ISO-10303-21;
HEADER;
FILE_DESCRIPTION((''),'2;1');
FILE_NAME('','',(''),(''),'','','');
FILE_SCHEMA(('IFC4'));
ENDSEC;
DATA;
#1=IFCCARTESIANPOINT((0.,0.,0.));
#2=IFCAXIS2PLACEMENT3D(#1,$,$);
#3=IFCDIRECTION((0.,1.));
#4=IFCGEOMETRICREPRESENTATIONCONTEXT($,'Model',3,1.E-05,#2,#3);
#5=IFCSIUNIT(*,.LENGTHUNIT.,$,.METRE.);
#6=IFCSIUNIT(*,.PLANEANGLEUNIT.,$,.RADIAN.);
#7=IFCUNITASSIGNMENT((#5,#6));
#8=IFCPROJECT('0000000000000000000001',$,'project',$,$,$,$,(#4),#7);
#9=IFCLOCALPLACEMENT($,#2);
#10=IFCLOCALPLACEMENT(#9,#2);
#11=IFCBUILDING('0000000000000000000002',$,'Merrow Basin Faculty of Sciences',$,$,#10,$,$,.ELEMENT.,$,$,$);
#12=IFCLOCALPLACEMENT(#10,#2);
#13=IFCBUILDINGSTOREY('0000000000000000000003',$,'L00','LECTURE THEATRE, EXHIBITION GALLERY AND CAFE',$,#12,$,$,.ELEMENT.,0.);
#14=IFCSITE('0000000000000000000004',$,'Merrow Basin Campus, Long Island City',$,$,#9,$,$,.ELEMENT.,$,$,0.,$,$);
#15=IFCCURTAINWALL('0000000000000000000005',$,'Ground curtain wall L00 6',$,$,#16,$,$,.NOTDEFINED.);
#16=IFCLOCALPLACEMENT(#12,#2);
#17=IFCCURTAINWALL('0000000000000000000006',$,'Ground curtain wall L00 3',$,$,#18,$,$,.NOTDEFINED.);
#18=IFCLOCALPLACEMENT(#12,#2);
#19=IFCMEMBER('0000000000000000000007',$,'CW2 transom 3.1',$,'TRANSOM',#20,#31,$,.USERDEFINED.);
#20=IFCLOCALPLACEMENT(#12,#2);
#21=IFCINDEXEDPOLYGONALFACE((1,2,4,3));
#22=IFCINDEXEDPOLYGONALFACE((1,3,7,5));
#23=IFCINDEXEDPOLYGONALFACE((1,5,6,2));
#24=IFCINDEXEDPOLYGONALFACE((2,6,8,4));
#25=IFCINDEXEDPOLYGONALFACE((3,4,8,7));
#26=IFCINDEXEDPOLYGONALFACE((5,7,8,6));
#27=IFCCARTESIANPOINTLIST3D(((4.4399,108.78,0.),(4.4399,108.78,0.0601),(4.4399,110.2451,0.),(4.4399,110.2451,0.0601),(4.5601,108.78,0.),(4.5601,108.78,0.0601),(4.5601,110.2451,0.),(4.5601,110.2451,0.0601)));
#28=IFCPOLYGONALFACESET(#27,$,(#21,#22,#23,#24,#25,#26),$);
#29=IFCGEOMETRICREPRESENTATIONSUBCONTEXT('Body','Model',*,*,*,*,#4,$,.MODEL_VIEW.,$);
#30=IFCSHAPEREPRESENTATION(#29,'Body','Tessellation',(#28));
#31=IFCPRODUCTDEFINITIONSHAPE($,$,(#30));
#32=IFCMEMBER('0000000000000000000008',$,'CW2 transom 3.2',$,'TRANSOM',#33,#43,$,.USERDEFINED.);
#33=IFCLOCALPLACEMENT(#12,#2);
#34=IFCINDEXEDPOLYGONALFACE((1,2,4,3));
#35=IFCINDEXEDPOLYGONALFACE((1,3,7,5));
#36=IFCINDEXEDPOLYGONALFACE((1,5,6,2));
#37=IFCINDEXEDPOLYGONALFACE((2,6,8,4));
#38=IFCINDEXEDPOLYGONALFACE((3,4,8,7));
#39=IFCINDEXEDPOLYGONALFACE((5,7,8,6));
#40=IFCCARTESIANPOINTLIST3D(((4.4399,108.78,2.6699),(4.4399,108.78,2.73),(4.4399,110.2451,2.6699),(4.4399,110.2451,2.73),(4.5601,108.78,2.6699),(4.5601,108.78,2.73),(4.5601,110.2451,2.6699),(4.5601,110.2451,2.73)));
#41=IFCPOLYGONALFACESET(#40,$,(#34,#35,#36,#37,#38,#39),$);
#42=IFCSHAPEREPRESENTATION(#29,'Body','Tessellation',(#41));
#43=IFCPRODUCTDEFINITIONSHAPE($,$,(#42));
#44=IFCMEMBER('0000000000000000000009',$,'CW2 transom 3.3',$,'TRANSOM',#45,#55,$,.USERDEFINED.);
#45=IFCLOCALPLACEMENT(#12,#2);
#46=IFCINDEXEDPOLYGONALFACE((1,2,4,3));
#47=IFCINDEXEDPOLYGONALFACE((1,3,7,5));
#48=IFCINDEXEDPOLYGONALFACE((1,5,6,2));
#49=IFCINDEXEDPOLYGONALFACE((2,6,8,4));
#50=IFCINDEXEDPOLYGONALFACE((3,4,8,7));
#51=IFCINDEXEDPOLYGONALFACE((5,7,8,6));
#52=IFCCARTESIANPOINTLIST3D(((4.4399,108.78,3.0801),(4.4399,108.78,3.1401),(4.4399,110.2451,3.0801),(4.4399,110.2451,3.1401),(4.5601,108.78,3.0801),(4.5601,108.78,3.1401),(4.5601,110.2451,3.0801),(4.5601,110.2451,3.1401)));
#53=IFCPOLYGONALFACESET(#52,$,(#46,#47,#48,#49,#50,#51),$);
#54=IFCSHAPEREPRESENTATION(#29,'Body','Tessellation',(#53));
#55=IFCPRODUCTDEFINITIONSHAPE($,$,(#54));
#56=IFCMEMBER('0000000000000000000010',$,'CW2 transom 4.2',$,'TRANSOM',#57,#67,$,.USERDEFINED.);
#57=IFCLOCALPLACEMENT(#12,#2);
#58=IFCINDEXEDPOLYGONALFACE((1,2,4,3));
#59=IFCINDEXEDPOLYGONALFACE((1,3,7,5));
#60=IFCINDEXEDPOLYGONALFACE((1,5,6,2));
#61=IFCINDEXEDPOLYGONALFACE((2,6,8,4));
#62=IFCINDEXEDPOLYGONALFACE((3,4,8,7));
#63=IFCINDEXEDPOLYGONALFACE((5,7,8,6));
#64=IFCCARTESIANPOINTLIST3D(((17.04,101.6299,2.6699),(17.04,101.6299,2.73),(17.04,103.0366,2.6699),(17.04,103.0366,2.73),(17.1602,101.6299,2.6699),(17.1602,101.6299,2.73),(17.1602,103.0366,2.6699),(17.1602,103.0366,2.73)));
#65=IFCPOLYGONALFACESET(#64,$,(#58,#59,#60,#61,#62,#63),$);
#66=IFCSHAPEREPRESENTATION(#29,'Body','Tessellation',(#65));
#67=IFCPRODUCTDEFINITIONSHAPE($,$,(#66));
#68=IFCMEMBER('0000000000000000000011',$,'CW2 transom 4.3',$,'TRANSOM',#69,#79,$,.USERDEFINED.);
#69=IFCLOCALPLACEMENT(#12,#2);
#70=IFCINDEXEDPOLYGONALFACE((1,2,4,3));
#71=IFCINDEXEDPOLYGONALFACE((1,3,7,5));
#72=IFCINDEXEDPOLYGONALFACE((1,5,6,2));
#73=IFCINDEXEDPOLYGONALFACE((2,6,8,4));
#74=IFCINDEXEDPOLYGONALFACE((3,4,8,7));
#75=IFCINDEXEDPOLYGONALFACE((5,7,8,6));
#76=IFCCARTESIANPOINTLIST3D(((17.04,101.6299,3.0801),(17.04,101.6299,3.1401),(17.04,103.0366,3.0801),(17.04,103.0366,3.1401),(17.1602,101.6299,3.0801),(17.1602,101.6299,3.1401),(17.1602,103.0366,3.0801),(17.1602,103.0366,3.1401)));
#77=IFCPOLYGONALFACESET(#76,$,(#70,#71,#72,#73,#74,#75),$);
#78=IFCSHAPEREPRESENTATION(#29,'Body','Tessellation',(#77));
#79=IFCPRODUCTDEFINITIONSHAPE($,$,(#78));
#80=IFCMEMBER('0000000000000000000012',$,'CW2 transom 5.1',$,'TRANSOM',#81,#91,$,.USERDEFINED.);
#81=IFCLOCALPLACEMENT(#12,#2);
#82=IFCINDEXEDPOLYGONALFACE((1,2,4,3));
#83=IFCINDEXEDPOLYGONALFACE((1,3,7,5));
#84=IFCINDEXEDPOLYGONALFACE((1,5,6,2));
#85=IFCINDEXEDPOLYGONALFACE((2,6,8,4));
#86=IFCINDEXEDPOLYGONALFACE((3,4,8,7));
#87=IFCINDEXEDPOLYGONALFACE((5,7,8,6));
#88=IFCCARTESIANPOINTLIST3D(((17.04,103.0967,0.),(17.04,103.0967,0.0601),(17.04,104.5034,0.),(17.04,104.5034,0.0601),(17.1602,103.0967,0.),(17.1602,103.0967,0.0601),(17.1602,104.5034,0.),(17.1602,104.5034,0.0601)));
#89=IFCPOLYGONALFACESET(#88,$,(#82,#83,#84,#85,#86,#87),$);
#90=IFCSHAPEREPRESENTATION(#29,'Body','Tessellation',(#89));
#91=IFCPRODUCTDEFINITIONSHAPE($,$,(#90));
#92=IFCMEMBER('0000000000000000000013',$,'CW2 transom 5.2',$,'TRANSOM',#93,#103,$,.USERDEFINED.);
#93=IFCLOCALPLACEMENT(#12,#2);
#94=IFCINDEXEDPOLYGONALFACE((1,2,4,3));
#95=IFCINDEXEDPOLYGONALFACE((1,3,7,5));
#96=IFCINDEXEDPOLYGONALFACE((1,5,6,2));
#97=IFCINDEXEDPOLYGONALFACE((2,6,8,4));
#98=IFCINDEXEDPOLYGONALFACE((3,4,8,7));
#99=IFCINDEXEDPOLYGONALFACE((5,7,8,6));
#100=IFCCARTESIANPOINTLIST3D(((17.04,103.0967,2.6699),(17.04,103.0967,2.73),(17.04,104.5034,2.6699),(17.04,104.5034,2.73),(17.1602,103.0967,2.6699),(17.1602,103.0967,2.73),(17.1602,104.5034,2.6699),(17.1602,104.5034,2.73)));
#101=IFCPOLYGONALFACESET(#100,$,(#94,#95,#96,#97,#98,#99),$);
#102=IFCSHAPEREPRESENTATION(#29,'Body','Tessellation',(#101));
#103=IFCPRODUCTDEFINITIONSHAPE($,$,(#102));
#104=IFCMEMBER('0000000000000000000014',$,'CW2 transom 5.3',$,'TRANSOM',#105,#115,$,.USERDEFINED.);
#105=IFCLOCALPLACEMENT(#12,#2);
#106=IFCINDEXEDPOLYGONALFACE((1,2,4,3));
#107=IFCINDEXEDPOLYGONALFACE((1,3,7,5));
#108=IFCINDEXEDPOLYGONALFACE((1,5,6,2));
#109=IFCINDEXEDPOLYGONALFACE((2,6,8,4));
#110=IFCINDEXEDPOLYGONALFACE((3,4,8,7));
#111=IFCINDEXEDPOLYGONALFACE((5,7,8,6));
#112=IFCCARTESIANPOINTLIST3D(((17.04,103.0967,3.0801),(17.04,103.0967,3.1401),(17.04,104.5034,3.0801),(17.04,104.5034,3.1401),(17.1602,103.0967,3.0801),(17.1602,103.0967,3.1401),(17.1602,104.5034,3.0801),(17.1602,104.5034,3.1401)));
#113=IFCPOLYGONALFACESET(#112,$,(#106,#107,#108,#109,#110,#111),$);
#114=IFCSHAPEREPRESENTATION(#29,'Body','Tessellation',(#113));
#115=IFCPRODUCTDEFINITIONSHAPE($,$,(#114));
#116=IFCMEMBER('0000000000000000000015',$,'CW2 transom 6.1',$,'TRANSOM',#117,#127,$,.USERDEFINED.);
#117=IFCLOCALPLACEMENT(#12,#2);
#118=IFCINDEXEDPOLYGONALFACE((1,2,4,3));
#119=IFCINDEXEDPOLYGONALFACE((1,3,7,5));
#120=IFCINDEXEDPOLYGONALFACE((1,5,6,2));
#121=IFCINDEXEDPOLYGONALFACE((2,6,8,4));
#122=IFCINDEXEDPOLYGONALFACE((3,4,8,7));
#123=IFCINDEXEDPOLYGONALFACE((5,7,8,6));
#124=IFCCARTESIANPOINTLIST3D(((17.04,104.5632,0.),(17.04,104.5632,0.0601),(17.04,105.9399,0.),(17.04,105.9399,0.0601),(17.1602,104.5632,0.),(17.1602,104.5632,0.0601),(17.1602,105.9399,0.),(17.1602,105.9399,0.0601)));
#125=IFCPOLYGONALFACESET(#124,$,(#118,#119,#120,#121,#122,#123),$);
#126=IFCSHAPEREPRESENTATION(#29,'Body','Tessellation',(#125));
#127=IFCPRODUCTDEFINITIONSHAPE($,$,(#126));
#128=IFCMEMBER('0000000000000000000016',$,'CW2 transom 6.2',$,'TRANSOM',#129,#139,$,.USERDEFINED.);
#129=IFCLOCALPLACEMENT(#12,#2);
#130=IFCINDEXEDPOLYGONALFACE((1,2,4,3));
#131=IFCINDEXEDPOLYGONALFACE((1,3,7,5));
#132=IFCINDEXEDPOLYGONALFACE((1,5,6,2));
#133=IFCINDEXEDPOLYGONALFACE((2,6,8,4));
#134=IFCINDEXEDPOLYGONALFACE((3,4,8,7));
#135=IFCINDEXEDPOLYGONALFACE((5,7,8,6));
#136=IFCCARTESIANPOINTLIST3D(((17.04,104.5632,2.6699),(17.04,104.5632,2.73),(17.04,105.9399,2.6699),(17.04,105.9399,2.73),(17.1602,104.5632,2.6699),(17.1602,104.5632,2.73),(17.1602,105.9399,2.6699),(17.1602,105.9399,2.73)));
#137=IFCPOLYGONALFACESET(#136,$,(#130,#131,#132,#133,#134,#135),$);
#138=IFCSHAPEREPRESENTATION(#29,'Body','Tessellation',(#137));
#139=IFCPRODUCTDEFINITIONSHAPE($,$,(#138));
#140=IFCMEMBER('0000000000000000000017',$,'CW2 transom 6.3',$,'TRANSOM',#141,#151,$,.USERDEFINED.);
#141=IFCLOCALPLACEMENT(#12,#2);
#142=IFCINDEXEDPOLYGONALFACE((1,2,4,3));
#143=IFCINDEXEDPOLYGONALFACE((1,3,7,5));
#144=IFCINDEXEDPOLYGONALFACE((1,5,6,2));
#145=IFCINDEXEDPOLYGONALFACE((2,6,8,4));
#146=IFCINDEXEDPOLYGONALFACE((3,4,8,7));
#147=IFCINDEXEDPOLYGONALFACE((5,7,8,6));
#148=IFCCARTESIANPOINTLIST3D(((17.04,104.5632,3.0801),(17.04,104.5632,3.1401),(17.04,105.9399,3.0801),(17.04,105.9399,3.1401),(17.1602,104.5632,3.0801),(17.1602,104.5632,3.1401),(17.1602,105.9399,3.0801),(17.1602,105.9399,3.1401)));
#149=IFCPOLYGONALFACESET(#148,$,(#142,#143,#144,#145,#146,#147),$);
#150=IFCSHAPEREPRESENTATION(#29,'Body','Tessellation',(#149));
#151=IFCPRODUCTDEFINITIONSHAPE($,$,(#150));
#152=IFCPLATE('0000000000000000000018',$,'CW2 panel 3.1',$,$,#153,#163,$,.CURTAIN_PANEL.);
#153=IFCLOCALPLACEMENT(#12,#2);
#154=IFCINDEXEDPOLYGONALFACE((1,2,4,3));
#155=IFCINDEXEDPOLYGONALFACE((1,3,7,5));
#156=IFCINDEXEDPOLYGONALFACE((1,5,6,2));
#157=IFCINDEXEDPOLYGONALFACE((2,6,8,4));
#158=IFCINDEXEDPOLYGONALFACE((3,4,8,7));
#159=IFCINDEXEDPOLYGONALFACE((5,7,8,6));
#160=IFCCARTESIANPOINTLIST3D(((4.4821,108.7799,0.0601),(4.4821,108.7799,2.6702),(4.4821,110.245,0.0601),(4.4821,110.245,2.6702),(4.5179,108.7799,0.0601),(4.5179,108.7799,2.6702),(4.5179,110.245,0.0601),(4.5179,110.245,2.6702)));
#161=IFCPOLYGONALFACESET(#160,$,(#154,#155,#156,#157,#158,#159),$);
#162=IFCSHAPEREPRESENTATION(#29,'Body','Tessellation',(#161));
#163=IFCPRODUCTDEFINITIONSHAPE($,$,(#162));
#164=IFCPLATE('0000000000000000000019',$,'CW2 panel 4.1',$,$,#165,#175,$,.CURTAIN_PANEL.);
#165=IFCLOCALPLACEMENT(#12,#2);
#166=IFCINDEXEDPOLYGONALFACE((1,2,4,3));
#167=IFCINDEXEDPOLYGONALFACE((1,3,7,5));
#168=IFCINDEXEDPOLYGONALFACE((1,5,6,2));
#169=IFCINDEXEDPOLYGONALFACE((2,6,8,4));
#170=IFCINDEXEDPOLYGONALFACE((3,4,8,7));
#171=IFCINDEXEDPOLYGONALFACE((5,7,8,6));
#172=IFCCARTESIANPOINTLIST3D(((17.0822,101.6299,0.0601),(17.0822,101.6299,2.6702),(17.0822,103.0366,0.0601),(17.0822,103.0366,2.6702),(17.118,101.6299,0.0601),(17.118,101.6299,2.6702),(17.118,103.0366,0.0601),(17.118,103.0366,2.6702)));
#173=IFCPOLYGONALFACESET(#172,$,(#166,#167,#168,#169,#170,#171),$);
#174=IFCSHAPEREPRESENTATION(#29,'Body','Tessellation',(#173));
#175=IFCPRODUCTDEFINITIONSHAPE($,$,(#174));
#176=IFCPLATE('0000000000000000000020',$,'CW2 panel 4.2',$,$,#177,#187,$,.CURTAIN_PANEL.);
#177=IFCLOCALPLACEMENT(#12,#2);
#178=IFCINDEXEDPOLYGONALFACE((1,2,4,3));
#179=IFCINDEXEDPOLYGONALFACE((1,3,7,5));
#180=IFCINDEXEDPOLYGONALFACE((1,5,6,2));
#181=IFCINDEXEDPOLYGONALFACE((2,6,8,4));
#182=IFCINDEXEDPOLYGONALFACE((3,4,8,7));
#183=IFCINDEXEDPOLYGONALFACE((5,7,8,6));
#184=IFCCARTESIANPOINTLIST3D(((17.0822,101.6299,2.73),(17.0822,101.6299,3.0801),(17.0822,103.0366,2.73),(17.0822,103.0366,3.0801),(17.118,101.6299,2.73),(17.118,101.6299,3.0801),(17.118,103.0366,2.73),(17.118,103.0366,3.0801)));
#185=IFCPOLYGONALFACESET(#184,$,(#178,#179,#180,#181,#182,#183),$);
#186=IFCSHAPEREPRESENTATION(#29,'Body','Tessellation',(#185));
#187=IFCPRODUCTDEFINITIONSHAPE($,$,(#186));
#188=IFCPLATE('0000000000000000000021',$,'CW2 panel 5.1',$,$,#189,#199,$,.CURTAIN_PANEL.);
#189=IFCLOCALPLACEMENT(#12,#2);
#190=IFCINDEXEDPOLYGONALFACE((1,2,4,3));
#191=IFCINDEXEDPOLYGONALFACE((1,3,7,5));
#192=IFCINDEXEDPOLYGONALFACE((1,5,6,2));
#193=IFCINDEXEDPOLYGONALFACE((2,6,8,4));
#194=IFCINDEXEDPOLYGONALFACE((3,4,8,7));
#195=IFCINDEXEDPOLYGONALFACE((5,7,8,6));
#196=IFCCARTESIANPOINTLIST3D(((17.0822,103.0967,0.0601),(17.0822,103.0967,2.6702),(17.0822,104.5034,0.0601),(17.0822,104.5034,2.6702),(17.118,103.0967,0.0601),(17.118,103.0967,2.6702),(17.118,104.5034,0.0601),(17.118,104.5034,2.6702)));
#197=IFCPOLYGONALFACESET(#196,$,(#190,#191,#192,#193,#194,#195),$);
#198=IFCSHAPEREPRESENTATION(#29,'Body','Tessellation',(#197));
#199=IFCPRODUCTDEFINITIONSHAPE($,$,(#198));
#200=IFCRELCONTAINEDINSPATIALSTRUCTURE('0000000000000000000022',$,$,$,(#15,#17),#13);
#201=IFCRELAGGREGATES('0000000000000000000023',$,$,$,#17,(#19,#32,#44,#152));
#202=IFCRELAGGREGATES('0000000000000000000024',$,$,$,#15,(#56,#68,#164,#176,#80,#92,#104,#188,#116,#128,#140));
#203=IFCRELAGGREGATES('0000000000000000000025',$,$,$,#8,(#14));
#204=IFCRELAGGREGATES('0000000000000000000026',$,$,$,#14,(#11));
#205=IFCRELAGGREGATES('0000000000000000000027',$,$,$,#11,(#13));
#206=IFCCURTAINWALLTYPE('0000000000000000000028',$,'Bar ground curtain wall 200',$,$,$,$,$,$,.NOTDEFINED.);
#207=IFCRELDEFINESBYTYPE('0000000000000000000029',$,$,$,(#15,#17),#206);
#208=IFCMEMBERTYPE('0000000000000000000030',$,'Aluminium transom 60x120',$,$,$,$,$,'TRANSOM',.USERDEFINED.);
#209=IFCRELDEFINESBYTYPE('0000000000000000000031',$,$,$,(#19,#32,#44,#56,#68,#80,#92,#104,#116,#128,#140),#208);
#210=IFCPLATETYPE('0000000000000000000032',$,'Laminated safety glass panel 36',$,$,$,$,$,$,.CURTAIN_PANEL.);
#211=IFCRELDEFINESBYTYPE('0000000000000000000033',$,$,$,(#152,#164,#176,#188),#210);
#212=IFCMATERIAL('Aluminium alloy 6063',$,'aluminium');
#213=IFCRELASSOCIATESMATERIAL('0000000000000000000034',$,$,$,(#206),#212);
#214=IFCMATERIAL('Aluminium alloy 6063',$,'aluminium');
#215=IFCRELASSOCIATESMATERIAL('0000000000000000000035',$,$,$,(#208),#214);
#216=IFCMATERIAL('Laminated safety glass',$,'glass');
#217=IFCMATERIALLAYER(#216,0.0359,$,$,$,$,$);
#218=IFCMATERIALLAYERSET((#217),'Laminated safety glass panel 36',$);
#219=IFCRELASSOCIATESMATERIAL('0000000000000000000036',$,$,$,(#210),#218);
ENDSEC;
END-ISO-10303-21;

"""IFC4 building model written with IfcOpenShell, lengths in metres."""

from ifc_helpers import new_model, si_unit, direction, frame, origin, origin_2d, place, context, subcontext, project, spatial, rectangle, extrude, material, layer, layer_set, material_profile, profile_set, type_object, element, aggregate, save


model = new_model("IFC4")

# Units and contexts
model_context = context("Model", 3, precision=1e-05, world=origin(), true_north=direction((0.0, 1.0)))
body_context = subcontext(model_context, "Body", "Model", "MODEL_VIEW")
ifc_project = project(units=[si_unit("LENGTHUNIT", "METRE"), si_unit("PLANEANGLEUNIT", "RADIAN")], contexts=[model_context])

# Site, building, storey
site_placement = place(None, origin())
site = spatial("IfcSite", under=ifc_project, at=site_placement, Name="Merrow Basin Campus, Long Island City", CompositionType="ELEMENT", RefElevation=0.0)
building_placement = place(site_placement, origin())
building = spatial("IfcBuilding", under=site, at=building_placement, Name="Merrow Basin Faculty of Sciences", CompositionType="ELEMENT")
storey_placement = place(building_placement, origin())
storey = spatial("IfcBuildingStorey", under=building, at=storey_placement, Name="L00", Description="LECTURE THEATRE, EXHIBITION GALLERY AND CAFE", CompositionType="ELEMENT", Elevation=0.0)

# Curtain walls, members
ifc_material_1 = material(Name="Aluminium alloy 6063", Category="aluminium")
curtain_wall_type = type_object("IfcCurtainWallType", Name="Bar ground curtain wall 200", PredefinedType="NOTDEFINED", material=ifc_material_1)
curtain_wall_1_placement = place(storey_placement, origin())
curtain_wall_1 = element("IfcCurtainWall", 1, at=curtain_wall_1_placement, inside=storey, type_object=curtain_wall_type, Name="Ground curtain wall L00 6", PredefinedType="NOTDEFINED")
curtain_wall_2_placement = place(storey_placement, origin())
curtain_wall_2 = element("IfcCurtainWall", 2, at=curtain_wall_2_placement, inside=storey, type_object=curtain_wall_type, Name="Ground curtain wall L00 3", PredefinedType="NOTDEFINED")
ifc_material_2 = material(Name="Aluminium alloy 6063", Category="aluminium")
ifc_material_profile_1 = material_profile(ifc_material_2, rectangle(XDim=0.1201, YDim=0.0601, at=origin_2d()))
ifc_profile_set_1 = profile_set([ifc_material_profile_1], Name="Aluminium alloy 6063")
member_type_1 = type_object("IfcMemberType", Name="Aluminium transom 60x120", ElementType="TRANSOM", PredefinedType="USERDEFINED", material=ifc_profile_set_1)
member_1_placement = place(storey_placement, frame((4.5, 108.78, 0.03), z_axis=(0.0, 1.0, 0.0), x_axis=(-1.0, 0.0, 0.0)))
member_1 = element("IfcMember", 3, at=member_1_placement, type_object=member_type_1, Name="CW2 transom 3.1", ObjectType="TRANSOM", PredefinedType="USERDEFINED", context=body_context, shape_type="SweptSolid", body=[
    extrude(rectangle(XDim=0.1201, YDim=0.0601, at=origin_2d()), origin(), (0.0, 0.0, 1.0), 1.4651),
])
member_2_placement = place(storey_placement, frame((4.5, 108.78, 2.7), z_axis=(0.0, 1.0, 0.0), x_axis=(-1.0, 0.0, 0.0)))
member_2 = element("IfcMember", 4, at=member_2_placement, type_object=member_type_1, Name="CW2 transom 3.2", ObjectType="TRANSOM", PredefinedType="USERDEFINED", context=body_context, shape_type="SweptSolid", body=[
    extrude(rectangle(XDim=0.1201, YDim=0.0601, at=origin_2d()), origin(), (0.0, 0.0, 1.0), 1.4651),
])
member_3_placement = place(storey_placement, frame((4.5, 108.78, 3.1101), z_axis=(0.0, 1.0, 0.0), x_axis=(-1.0, 0.0, 0.0)))
member_3 = element("IfcMember", 5, at=member_3_placement, type_object=member_type_1, Name="CW2 transom 3.3", ObjectType="TRANSOM", PredefinedType="USERDEFINED", context=body_context, shape_type="SweptSolid", body=[
    extrude(rectangle(XDim=0.1201, YDim=0.0601, at=origin_2d()), origin(), (0.0, 0.0, 1.0), 1.4651),
])

# Members
member_4_placement = place(storey_placement, frame((17.1001, 101.6299, 2.7), z_axis=(0.0, 1.0, 0.0), x_axis=(-1.0, 0.0, 0.0)))
member_4 = element("IfcMember", 6, at=member_4_placement, type_object=member_type_1, Name="CW2 transom 4.2", ObjectType="TRANSOM", PredefinedType="USERDEFINED", context=body_context, shape_type="SweptSolid", body=[
    extrude(rectangle(XDim=0.1201, YDim=0.0601, at=origin_2d()), origin(), (0.0, 0.0, 1.0), 1.4067),
])
member_5_placement = place(storey_placement, frame((17.1001, 101.6299, 3.1101), z_axis=(0.0, 1.0, 0.0), x_axis=(-1.0, 0.0, 0.0)))
member_5 = element("IfcMember", 7, at=member_5_placement, type_object=member_type_1, Name="CW2 transom 4.3", ObjectType="TRANSOM", PredefinedType="USERDEFINED", context=body_context, shape_type="SweptSolid", body=[
    extrude(rectangle(XDim=0.1201, YDim=0.0601, at=origin_2d()), origin(), (0.0, 0.0, 1.0), 1.4067),
])
member_6_placement = place(storey_placement, frame((17.1001, 103.0967, 0.03), z_axis=(0.0, 1.0, 0.0), x_axis=(-1.0, 0.0, 0.0)))
member_6 = element("IfcMember", 8, at=member_6_placement, type_object=member_type_1, Name="CW2 transom 5.1", ObjectType="TRANSOM", PredefinedType="USERDEFINED", context=body_context, shape_type="SweptSolid", body=[
    extrude(rectangle(XDim=0.1201, YDim=0.0601, at=origin_2d()), origin(), (0.0, 0.0, 1.0), 1.4067),
])
member_7_placement = place(storey_placement, frame((17.1001, 103.0967, 2.7), z_axis=(0.0, 1.0, 0.0), x_axis=(-1.0, 0.0, 0.0)))
member_7 = element("IfcMember", 9, at=member_7_placement, type_object=member_type_1, Name="CW2 transom 5.2", ObjectType="TRANSOM", PredefinedType="USERDEFINED", context=body_context, shape_type="SweptSolid", body=[
    extrude(rectangle(XDim=0.1201, YDim=0.0601, at=origin_2d()), origin(), (0.0, 0.0, 1.0), 1.4067),
])
member_8_placement = place(storey_placement, frame((17.1001, 103.0967, 3.1101), z_axis=(0.0, 1.0, 0.0), x_axis=(-1.0, 0.0, 0.0)))
member_8 = element("IfcMember", 10, at=member_8_placement, type_object=member_type_1, Name="CW2 transom 5.3", ObjectType="TRANSOM", PredefinedType="USERDEFINED", context=body_context, shape_type="SweptSolid", body=[
    extrude(rectangle(XDim=0.1201, YDim=0.0601, at=origin_2d()), origin(), (0.0, 0.0, 1.0), 1.4067),
])
member_9_placement = place(storey_placement, frame((17.1001, 104.5632, 0.03), z_axis=(0.0, 1.0, 0.0), x_axis=(-1.0, 0.0, 0.0)))
member_9 = element("IfcMember", 11, at=member_9_placement, type_object=member_type_1, Name="CW2 transom 6.1", ObjectType="TRANSOM", PredefinedType="USERDEFINED", context=body_context, shape_type="SweptSolid", body=[
    extrude(rectangle(XDim=0.1201, YDim=0.0601, at=origin_2d()), origin(), (0.0, 0.0, 1.0), 1.3767),
])
member_10_placement = place(storey_placement, frame((17.1001, 104.5632, 2.7), z_axis=(0.0, 1.0, 0.0), x_axis=(-1.0, 0.0, 0.0)))
member_10 = element("IfcMember", 12, at=member_10_placement, type_object=member_type_1, Name="CW2 transom 6.2", ObjectType="TRANSOM", PredefinedType="USERDEFINED", context=body_context, shape_type="SweptSolid", body=[
    extrude(rectangle(XDim=0.1201, YDim=0.0601, at=origin_2d()), origin(), (0.0, 0.0, 1.0), 1.3767),
])
member_11_placement = place(storey_placement, frame((17.1001, 104.5632, 3.1101), z_axis=(0.0, 1.0, 0.0), x_axis=(-1.0, 0.0, 0.0)))
member_11 = element("IfcMember", 13, at=member_11_placement, type_object=member_type_1, Name="CW2 transom 6.3", ObjectType="TRANSOM", PredefinedType="USERDEFINED", context=body_context, shape_type="SweptSolid", body=[
    extrude(rectangle(XDim=0.1201, YDim=0.0601, at=origin_2d()), origin(), (0.0, 0.0, 1.0), 1.3767),
])

# Plates
ifc_material_3 = material(Name="Laminated safety glass", Category="glass")
ifc_layer_1 = layer(ifc_material_3, 0.0359)
ifc_layer_set_1 = layer_set([ifc_layer_1], Name="Laminated safety glass panel 36")
plate_type = type_object("IfcPlateType", Name="Laminated safety glass panel 36", PredefinedType="CURTAIN_PANEL", material=ifc_layer_set_1)
plate_1_placement = place(storey_placement, frame((4.5, 109.5125, 0.0601), z_axis=(0.0, 0.0, 1.0), x_axis=(0.0, 1.0, 0.0)))
plate_1 = element("IfcPlate", 14, at=plate_1_placement, type_object=plate_type, Name="CW2 panel 3.1", PredefinedType="CURTAIN_PANEL", context=body_context, shape_type="SweptSolid", body=[
    extrude(rectangle(XDim=1.4651, YDim=0.0359, at=origin_2d()), origin(), (0.0, 0.0, 1.0), 2.6101),
])
aggregate(curtain_wall_2, [member_1, member_2, member_3, plate_1])
plate_2_placement = place(storey_placement, frame((17.1001, 102.3333, 0.0601), z_axis=(0.0, 0.0, 1.0), x_axis=(0.0, 1.0, 0.0)))
plate_2 = element("IfcPlate", 15, at=plate_2_placement, type_object=plate_type, Name="CW2 panel 4.1", PredefinedType="CURTAIN_PANEL", context=body_context, shape_type="SweptSolid", body=[
    extrude(rectangle(XDim=1.4067, YDim=0.0359, at=origin_2d()), origin(), (0.0, 0.0, 1.0), 2.6101),
])
plate_3_placement = place(storey_placement, frame((17.1001, 102.3333, 2.73), z_axis=(0.0, 0.0, 1.0), x_axis=(0.0, 1.0, 0.0)))
plate_3 = element("IfcPlate", 16, at=plate_3_placement, type_object=plate_type, Name="CW2 panel 4.2", PredefinedType="CURTAIN_PANEL", context=body_context, shape_type="SweptSolid", body=[
    extrude(rectangle(XDim=1.4067, YDim=0.0359, at=origin_2d()), origin(), (0.0, 0.0, 1.0), 0.3501),
])
plate_4_placement = place(storey_placement, frame((17.1001, 103.8, 0.0601), z_axis=(0.0, 0.0, 1.0), x_axis=(0.0, 1.0, 0.0)))
plate_4 = element("IfcPlate", 17, at=plate_4_placement, type_object=plate_type, Name="CW2 panel 5.1", PredefinedType="CURTAIN_PANEL", context=body_context, shape_type="SweptSolid", body=[
    extrude(rectangle(XDim=1.4067, YDim=0.0359, at=origin_2d()), origin(), (0.0, 0.0, 1.0), 2.6101),
])
aggregate(curtain_wall_1, [member_4, member_5, plate_2, plate_3, member_6, member_7, member_8, plate_4, member_9, member_10, member_11])

save(model, "model.ifc")
